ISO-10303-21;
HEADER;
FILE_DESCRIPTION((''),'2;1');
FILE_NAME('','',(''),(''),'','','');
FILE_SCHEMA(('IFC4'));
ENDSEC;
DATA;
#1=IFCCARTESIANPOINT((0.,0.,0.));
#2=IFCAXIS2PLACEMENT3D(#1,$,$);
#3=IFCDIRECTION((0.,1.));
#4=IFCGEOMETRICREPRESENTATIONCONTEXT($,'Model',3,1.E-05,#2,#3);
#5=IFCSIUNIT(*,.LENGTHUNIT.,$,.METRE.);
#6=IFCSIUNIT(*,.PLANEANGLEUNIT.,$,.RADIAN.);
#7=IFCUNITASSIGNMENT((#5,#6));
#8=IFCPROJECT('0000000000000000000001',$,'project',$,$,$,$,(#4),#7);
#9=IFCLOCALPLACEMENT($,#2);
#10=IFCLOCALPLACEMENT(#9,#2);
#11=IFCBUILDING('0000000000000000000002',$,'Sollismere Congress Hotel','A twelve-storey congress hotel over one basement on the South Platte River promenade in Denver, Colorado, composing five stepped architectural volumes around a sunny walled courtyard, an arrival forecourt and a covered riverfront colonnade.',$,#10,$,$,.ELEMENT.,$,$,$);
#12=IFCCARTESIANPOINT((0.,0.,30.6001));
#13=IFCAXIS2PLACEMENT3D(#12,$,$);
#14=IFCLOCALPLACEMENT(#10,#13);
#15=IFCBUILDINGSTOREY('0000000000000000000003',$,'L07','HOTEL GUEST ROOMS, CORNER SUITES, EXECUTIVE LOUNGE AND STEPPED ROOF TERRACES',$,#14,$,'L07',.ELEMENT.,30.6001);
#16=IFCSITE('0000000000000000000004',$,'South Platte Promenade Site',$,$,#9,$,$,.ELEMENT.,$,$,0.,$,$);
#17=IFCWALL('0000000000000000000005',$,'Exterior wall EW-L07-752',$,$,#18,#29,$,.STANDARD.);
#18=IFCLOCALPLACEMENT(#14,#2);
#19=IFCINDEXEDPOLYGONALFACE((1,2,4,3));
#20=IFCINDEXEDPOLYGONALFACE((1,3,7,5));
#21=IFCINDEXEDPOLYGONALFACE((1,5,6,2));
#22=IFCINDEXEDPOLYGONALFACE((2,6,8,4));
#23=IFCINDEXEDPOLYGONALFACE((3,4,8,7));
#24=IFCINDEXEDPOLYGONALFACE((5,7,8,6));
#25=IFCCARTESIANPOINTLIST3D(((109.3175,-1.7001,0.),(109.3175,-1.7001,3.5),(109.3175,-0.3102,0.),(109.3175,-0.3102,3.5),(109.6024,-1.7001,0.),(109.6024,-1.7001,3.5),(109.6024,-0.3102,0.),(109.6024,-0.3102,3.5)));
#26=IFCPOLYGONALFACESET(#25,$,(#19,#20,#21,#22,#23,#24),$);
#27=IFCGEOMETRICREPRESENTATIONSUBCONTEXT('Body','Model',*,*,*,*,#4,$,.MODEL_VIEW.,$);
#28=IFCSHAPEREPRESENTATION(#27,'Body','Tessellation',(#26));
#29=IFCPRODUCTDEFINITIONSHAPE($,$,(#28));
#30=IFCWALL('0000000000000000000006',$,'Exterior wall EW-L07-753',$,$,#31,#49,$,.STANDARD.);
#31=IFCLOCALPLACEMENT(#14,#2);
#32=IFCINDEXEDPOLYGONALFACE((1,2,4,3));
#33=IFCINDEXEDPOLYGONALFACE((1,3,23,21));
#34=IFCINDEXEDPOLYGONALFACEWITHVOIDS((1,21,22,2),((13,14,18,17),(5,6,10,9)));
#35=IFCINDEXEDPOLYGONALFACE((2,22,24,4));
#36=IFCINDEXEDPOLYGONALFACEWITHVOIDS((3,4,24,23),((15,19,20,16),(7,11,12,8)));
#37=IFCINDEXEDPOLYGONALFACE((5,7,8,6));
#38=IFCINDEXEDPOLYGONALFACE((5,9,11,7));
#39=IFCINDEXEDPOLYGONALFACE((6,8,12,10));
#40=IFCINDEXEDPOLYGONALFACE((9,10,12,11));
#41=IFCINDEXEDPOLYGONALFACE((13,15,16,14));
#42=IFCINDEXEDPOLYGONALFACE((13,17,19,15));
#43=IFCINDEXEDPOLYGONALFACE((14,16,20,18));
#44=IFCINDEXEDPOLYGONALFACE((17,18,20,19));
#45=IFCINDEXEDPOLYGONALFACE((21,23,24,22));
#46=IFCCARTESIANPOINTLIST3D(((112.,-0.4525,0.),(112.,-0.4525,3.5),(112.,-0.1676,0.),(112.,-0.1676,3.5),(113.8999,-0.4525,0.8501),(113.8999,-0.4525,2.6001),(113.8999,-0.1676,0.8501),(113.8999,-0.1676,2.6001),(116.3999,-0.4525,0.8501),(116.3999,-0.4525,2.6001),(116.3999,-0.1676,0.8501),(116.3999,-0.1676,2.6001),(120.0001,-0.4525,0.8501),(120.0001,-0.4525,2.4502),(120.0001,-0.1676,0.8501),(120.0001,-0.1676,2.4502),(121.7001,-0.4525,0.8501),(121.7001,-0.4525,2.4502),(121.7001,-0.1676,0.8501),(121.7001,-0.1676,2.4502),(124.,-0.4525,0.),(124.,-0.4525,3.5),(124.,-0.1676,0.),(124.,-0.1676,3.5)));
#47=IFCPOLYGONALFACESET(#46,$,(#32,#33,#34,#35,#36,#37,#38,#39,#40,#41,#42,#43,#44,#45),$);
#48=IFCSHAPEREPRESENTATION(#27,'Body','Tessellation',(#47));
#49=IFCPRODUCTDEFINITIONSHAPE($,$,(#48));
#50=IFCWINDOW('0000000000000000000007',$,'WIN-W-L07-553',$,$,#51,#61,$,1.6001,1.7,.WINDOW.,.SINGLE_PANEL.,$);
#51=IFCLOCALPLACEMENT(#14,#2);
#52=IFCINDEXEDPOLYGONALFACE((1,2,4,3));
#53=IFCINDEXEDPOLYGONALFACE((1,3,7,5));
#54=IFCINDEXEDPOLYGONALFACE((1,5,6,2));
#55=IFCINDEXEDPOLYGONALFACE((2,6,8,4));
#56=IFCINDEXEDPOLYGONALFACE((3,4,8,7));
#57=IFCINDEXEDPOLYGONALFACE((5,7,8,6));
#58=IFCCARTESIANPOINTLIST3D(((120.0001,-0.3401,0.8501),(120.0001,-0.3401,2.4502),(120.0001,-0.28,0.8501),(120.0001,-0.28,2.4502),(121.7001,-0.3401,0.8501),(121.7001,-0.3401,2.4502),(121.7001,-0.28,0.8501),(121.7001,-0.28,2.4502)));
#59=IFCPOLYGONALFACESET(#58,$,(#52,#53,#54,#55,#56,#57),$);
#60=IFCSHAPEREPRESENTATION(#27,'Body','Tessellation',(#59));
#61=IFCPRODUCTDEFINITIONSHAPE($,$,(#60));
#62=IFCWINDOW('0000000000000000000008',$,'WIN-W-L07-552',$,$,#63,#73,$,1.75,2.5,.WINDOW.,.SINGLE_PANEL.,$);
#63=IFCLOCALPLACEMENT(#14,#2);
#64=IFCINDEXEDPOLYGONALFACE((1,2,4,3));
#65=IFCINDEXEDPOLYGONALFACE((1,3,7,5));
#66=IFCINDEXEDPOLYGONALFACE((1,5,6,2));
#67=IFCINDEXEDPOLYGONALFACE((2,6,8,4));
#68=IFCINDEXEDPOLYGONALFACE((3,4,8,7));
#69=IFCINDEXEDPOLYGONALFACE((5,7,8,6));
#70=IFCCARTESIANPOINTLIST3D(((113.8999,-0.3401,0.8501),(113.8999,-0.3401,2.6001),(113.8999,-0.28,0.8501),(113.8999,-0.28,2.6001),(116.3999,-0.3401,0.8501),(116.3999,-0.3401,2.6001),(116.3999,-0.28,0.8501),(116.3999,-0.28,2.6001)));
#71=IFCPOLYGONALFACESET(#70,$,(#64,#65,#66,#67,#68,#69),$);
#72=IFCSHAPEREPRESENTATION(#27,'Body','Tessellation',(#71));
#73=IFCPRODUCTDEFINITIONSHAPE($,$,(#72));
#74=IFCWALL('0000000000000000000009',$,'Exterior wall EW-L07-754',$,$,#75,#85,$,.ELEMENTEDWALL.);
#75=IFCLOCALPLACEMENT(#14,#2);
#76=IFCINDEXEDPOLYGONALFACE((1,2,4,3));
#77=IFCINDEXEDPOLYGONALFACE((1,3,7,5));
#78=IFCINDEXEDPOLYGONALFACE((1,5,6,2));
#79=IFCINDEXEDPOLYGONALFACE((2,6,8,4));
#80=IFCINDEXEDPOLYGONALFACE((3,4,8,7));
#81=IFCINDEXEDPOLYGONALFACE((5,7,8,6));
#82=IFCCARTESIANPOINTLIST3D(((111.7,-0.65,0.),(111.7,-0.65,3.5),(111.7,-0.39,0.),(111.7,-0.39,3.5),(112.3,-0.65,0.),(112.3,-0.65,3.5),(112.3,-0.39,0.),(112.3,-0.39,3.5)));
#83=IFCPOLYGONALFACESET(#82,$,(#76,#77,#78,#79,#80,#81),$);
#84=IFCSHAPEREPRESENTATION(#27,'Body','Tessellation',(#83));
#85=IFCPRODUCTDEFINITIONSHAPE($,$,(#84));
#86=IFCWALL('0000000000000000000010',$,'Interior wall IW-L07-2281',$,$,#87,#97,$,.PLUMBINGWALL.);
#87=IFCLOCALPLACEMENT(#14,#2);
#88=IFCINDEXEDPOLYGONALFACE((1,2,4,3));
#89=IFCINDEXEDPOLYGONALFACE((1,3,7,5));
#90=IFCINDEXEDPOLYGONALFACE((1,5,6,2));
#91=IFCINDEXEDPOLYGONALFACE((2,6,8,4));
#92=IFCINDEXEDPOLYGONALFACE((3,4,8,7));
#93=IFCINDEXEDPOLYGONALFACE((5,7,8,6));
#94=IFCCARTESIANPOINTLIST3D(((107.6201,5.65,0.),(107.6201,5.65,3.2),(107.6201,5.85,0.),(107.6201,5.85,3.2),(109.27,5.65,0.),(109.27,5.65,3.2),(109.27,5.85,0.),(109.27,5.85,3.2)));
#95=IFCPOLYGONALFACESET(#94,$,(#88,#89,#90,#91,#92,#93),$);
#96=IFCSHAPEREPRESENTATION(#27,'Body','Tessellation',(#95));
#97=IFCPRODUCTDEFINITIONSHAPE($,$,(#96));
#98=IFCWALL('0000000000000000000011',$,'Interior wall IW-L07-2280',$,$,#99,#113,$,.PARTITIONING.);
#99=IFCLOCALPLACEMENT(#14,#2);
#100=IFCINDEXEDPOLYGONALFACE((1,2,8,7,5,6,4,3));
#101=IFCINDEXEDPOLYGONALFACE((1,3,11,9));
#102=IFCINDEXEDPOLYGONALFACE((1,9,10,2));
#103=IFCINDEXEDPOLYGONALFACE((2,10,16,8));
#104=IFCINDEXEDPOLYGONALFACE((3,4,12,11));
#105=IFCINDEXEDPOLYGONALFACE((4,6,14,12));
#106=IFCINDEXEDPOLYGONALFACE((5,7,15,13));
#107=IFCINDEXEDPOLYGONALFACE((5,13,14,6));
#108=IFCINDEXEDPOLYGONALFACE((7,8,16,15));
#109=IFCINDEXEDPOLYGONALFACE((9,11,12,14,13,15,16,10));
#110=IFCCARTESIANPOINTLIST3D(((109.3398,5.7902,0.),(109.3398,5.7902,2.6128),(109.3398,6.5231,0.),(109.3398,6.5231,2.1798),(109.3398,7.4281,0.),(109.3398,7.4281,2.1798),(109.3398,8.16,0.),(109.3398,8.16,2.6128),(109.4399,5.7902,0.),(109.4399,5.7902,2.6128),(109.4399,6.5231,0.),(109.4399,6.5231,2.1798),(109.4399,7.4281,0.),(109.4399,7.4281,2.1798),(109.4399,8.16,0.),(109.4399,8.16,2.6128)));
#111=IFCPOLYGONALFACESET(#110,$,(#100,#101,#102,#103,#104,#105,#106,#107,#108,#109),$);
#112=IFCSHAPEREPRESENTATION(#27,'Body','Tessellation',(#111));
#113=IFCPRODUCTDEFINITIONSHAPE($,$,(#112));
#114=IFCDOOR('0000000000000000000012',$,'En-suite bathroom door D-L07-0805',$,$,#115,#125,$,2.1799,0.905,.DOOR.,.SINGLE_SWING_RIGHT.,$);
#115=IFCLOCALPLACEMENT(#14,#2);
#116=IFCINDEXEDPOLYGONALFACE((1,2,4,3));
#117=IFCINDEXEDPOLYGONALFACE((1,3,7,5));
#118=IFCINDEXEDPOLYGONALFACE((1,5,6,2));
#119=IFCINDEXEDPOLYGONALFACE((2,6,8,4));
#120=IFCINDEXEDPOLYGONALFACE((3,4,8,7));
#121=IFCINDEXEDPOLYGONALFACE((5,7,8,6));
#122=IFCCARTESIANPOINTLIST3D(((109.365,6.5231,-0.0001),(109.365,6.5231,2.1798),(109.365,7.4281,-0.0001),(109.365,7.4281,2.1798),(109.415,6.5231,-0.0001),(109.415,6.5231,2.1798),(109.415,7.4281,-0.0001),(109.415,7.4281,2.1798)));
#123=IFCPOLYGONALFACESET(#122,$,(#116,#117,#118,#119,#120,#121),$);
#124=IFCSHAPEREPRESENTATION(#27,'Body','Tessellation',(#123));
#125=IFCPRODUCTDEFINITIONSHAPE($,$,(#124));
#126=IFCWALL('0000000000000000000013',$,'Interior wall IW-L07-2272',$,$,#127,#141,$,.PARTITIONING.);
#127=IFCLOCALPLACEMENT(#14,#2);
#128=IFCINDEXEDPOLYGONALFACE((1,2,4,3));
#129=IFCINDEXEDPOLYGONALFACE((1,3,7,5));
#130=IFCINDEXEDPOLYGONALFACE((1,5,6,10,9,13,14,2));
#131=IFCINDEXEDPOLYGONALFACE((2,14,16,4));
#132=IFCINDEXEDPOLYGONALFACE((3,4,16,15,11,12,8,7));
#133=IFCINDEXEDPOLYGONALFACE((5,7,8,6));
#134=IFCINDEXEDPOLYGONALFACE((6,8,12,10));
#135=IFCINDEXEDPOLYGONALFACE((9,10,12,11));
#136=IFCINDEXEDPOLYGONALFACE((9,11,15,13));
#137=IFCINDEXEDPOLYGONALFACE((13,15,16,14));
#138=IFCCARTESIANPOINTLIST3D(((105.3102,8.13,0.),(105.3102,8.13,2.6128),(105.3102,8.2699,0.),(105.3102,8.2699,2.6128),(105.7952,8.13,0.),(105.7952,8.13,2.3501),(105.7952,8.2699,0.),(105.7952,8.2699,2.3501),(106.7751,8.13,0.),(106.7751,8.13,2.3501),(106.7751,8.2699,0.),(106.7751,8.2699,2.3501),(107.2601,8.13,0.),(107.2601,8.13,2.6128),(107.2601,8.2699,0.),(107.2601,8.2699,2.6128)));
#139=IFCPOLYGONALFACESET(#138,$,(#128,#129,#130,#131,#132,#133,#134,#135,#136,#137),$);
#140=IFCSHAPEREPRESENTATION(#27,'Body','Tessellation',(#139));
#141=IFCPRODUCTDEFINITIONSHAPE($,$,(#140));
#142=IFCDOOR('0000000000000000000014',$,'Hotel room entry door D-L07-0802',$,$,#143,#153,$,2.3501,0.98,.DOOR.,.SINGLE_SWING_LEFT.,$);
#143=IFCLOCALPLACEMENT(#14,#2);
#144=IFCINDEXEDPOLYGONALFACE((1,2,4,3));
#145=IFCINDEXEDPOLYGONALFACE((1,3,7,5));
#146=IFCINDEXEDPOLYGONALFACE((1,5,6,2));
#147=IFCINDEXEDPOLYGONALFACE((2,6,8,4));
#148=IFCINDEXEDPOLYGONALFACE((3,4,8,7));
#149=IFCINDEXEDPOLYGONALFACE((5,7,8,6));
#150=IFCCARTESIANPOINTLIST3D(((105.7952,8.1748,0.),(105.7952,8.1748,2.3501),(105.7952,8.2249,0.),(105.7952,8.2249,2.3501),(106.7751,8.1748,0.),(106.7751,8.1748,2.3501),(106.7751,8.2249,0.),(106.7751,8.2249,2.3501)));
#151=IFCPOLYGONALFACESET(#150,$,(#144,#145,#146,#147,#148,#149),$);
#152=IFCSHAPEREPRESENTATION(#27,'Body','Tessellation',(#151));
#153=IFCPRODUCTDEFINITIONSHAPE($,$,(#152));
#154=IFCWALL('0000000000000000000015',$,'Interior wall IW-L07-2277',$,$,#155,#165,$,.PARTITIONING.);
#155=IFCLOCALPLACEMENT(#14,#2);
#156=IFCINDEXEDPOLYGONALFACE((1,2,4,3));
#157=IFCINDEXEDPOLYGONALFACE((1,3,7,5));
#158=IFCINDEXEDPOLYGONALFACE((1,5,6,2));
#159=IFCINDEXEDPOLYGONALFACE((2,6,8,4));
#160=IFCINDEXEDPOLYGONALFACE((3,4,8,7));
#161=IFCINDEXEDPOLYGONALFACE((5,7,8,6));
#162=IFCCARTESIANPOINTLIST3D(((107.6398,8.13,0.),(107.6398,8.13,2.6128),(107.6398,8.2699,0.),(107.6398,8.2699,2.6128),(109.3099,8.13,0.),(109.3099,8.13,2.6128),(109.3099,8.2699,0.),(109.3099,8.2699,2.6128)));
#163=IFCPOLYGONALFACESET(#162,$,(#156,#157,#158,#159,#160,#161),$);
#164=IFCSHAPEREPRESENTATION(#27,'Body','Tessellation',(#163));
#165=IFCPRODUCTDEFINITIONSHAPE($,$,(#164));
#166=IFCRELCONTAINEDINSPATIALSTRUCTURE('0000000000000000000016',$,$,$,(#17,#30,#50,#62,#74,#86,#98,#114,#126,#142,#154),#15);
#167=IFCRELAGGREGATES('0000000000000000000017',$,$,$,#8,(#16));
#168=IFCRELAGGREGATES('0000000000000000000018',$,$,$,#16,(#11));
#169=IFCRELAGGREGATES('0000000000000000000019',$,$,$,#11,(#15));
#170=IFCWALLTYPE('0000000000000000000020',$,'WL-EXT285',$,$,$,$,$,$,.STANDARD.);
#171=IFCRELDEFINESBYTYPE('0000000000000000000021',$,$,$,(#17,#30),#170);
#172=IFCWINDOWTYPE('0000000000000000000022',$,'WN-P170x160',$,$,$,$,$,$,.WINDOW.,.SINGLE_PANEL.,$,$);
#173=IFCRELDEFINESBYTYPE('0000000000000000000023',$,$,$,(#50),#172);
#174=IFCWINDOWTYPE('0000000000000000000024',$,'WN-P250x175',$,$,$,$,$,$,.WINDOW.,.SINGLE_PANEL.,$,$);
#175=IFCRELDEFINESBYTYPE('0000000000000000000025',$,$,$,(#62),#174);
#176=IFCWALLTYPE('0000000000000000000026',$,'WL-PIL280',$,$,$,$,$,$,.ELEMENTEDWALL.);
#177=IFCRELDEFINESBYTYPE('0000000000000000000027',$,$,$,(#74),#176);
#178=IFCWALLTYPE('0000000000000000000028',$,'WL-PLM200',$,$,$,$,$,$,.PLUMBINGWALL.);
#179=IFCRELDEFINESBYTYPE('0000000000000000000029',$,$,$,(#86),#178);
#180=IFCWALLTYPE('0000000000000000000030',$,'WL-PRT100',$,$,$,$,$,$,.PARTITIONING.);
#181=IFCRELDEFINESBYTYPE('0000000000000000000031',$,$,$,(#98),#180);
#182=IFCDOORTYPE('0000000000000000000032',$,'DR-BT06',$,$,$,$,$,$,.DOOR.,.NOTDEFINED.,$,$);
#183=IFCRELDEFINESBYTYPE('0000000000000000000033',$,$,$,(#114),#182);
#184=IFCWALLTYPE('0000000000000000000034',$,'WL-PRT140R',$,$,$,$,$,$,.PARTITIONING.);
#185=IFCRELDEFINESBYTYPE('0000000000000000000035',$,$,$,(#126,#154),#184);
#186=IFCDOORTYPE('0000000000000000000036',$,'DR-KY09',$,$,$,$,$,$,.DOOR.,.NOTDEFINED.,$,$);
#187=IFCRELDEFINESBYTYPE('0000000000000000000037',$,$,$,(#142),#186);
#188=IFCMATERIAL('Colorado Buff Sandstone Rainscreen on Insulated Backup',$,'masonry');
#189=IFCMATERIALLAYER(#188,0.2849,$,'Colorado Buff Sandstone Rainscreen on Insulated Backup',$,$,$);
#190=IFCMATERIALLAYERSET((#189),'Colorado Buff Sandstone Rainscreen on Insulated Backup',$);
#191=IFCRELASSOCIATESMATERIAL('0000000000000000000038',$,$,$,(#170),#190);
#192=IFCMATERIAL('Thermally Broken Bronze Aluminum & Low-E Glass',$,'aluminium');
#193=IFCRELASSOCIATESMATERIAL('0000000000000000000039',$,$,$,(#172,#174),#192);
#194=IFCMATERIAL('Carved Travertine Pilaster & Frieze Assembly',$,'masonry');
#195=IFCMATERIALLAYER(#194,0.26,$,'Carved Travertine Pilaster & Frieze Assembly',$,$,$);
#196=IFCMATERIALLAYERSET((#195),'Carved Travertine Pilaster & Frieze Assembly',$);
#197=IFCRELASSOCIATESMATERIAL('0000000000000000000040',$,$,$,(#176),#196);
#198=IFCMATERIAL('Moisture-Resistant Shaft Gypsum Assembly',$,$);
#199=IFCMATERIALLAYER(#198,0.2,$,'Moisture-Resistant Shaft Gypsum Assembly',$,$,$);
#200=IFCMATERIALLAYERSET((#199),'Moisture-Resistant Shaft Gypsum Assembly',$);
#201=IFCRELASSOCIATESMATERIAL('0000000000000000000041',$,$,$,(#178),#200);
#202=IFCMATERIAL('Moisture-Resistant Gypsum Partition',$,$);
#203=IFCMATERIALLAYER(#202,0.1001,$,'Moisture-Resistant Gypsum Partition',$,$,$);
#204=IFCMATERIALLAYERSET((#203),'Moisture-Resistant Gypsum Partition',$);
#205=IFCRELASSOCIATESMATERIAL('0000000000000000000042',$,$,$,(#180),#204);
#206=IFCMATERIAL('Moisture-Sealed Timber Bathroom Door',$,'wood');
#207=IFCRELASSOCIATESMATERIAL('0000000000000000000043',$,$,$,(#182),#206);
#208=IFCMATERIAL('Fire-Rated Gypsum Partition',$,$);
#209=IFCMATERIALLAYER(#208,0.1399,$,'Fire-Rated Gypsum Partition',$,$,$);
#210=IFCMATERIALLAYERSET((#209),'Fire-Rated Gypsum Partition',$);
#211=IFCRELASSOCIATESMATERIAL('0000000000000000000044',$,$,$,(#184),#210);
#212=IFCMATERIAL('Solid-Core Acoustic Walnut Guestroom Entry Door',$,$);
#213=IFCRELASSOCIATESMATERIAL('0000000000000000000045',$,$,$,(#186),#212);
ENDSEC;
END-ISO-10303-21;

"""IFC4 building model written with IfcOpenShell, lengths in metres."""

from ifc_helpers import new_model, si_unit, direction, frame, frame_2d, origin, place, context, subcontext, project, spatial, rectangle, extrude, material, layer, layer_set, type_object, element, fill, save


model = new_model("IFC4")

# Units and contexts
model_context = context("Model", 3, precision=1e-05, world=origin(), true_north=direction((0.0, 1.0)))
body_context = subcontext(model_context, "Body", "Model", "MODEL_VIEW")
ifc_project = project(units=[si_unit("LENGTHUNIT", "METRE"), si_unit("PLANEANGLEUNIT", "RADIAN")], contexts=[model_context])

# Site, building, storey
site_placement = place(None, origin())
site = spatial("IfcSite", under=ifc_project, at=site_placement, Name="South Platte Promenade Site", CompositionType="ELEMENT", RefElevation=0.0)
building_placement = place(site_placement, origin())
building = spatial("IfcBuilding", under=site, at=building_placement, Name="Sollismere Congress Hotel", Description="A twelve-storey congress hotel over one basement on the South Platte River promenade in Denver, Colorado, composing five stepped architectural volumes around a sunny walled courtyard, an arrival forecourt and a covered riverfront colonnade.", CompositionType="ELEMENT")
storey_placement = place(building_placement, frame((0.0, 0.0, 30.6001)))
storey = spatial("IfcBuildingStorey", under=building, at=storey_placement, Name="L07", Description="HOTEL GUEST ROOMS, CORNER SUITES, EXECUTIVE LOUNGE AND STEPPED ROOF TERRACES", LongName="L07", CompositionType="ELEMENT", Elevation=30.6001)

# Shared definitions
ifc_material_1 = material(Name="Colorado Buff Sandstone Rainscreen on Insulated Backup", Category="masonry")
ifc_layer_1 = layer(ifc_material_1, 0.2849, Name="Colorado Buff Sandstone Rainscreen on Insulated Backup")
ifc_layer_set_1 = layer_set([ifc_layer_1], Name="Colorado Buff Sandstone Rainscreen on Insulated Backup")
wall_type_1 = type_object("IfcWallType", Name="WL-EXT285", PredefinedType="STANDARD", material=ifc_layer_set_1)
ifc_material_2 = material(Name="Thermally Broken Bronze Aluminum & Low-E Glass", Category="aluminium")

# Wall
wall_1_placement = place(storey_placement, frame((109.46, -1.7, 0.0), z_axis=(0.0, 0.0, 1.0), x_axis=(0.0, 1.0, 0.0)))
element("IfcWall", 1, at=wall_1_placement, inside=storey, type_object=wall_type_1, Name="Exterior wall EW-L07-752", PredefinedType="STANDARD", context=body_context, shape_type="SweptSolid", body=[
    extrude(rectangle(XDim=1.3899, YDim=0.2849, at=frame_2d((0.6948, 0.0))), origin(), (0.0, 0.0, 1.0), 3.5),
])

# Wall, openings, windows
wall_2_placement = place(storey_placement, frame((112.0, -0.3101, 0.0), z_axis=(0.0, 0.0, 1.0), x_axis=(1.0, 0.0, 0.0)))
wall_2 = element("IfcWall", 2, at=wall_2_placement, inside=storey, type_object=wall_type_1, Name="Exterior wall EW-L07-753", PredefinedType="STANDARD", context=body_context, shape_type="SweptSolid", body=[
    extrude(rectangle(XDim=12.0, YDim=0.2849, at=frame_2d((6.0, 0.0))), origin(), (0.0, 0.0, 1.0), 3.5),
])
opening_1_placement = place(wall_2_placement, frame((1.8999, 0.0, 0.8501)))
opening_1 = element("IfcOpeningElement", 3, at=opening_1_placement, cuts=wall_2, PredefinedType="OPENING", context=body_context, shape_type="SweptSolid", body=[
    extrude(rectangle(XDim=2.5, YDim=1.75, at=frame_2d((1.25, 0.875))), frame((0.0, 0.1523, 0.0), z_axis=(0.0, -1.0, 0.0), x_axis=(1.0, 0.0, 0.0)), (0.0, 0.0, 1.0), 0.3049),
])
opening_2_placement = place(wall_2_placement, frame((8.0, 0.0, 0.8501)))
opening_2 = element("IfcOpeningElement", 4, at=opening_2_placement, cuts=wall_2, PredefinedType="OPENING", context=body_context, shape_type="SweptSolid", body=[
    extrude(rectangle(XDim=1.7, YDim=1.6001, at=frame_2d((0.8501, 0.8))), frame((0.0, 0.1523, 0.0), z_axis=(0.0, -1.0, 0.0), x_axis=(1.0, 0.0, 0.0)), (0.0, 0.0, 1.0), 0.3049),
])
window_type_1 = type_object("IfcWindowType", Name="WN-P170x160", PartitioningType="SINGLE_PANEL", PredefinedType="WINDOW", material=ifc_material_2)
window_1_placement = place(opening_2_placement, origin())
window_1 = element("IfcWindow", 5, at=window_1_placement, inside=storey, type_object=window_type_1, Name="WIN-W-L07-553", OverallHeight=1.6001, OverallWidth=1.7, PartitioningType="SINGLE_PANEL", PredefinedType="WINDOW", context=body_context, shape_type="SweptSolid", body=[
    extrude(rectangle(XDim=1.7, YDim=1.6001, at=frame_2d((0.8501, 0.8))), frame((0.0, 0.03, 0.0), z_axis=(0.0, -1.0, 0.0), x_axis=(1.0, 0.0, 0.0)), (0.0, 0.0, 1.0), 0.0601),
])
fill(opening_2, window_1)
window_type_2 = type_object("IfcWindowType", Name="WN-P250x175", PartitioningType="SINGLE_PANEL", PredefinedType="WINDOW", material=ifc_material_2)
window_2_placement = place(opening_1_placement, origin())
window_2 = element("IfcWindow", 6, at=window_2_placement, inside=storey, type_object=window_type_2, Name="WIN-W-L07-552", OverallHeight=1.75, OverallWidth=2.5, PartitioningType="SINGLE_PANEL", PredefinedType="WINDOW", context=body_context, shape_type="SweptSolid", body=[
    extrude(rectangle(XDim=2.5, YDim=1.75, at=frame_2d((1.25, 0.875))), frame((0.0, 0.03, 0.0), z_axis=(0.0, -1.0, 0.0), x_axis=(1.0, 0.0, 0.0)), (0.0, 0.0, 1.0), 0.0601),
])
fill(opening_1, window_2)

# Walls
ifc_material_3 = material(Name="Carved Travertine Pilaster & Frieze Assembly", Category="masonry")
ifc_layer_2 = layer(ifc_material_3, 0.26, Name="Carved Travertine Pilaster & Frieze Assembly")
ifc_layer_set_2 = layer_set([ifc_layer_2], Name="Carved Travertine Pilaster & Frieze Assembly")
wall_type_2 = type_object("IfcWallType", Name="WL-PIL280", PredefinedType="ELEMENTEDWALL", material=ifc_layer_set_2)
wall_3_placement = place(storey_placement, frame((111.7, -0.52, 0.0), z_axis=(0.0, 0.0, 1.0), x_axis=(1.0, 0.0, 0.0)))
element("IfcWall", 7, at=wall_3_placement, inside=storey, type_object=wall_type_2, Name="Exterior wall EW-L07-754", PredefinedType="ELEMENTEDWALL", context=body_context, shape_type="SweptSolid", body=[
    extrude(rectangle(XDim=0.6001, YDim=0.26, at=frame_2d((0.3, 0.0))), origin(), (0.0, 0.0, 1.0), 3.5),
])
ifc_material_4 = material(Name="Moisture-Resistant Shaft Gypsum Assembly")
ifc_layer_3 = layer(ifc_material_4, 0.2, Name="Moisture-Resistant Shaft Gypsum Assembly")
ifc_layer_set_3 = layer_set([ifc_layer_3], Name="Moisture-Resistant Shaft Gypsum Assembly")
wall_type_3 = type_object("IfcWallType", Name="WL-PLM200", PredefinedType="PLUMBINGWALL", material=ifc_layer_set_3)
wall_4_placement = place(storey_placement, frame((107.6201, 5.75, 0.0), z_axis=(0.0, 0.0, 1.0), x_axis=(1.0, 0.0, 0.0)))
element("IfcWall", 8, at=wall_4_placement, inside=storey, type_object=wall_type_3, Name="Interior wall IW-L07-2281", PredefinedType="PLUMBINGWALL", context=body_context, shape_type="SweptSolid", body=[
    extrude(rectangle(XDim=1.6499, YDim=0.2, at=frame_2d((0.825, 0.0))), origin(), (0.0, 0.0, 1.0), 3.2),
])

# Walls, openings, doors
ifc_material_5 = material(Name="Moisture-Resistant Gypsum Partition")
ifc_layer_4 = layer(ifc_material_5, 0.1001, Name="Moisture-Resistant Gypsum Partition")
ifc_layer_set_4 = layer_set([ifc_layer_4], Name="Moisture-Resistant Gypsum Partition")
wall_type_4 = type_object("IfcWallType", Name="WL-PRT100", PredefinedType="PARTITIONING", material=ifc_layer_set_4)
wall_5_placement = place(storey_placement, frame((109.3899, 5.79, 0.0), z_axis=(0.0, 0.0, 1.0), x_axis=(0.0, 1.0, 0.0)))
wall_5 = element("IfcWall", 9, at=wall_5_placement, inside=storey, type_object=wall_type_4, Name="Interior wall IW-L07-2280", PredefinedType="PARTITIONING", context=body_context, shape_type="SweptSolid", body=[
    extrude(rectangle(XDim=2.3699, YDim=0.1001, at=frame_2d((1.1851, 0.0))), origin(), (0.0, 0.0, 1.0), 2.6128),
])
opening_3_placement = place(wall_5_placement, frame((0.7329, 0.0, 0.0)))
opening_3 = element("IfcOpeningElement", 10, at=opening_3_placement, cuts=wall_5, PredefinedType="OPENING", context=body_context, shape_type="SweptSolid", body=[
    extrude(rectangle(XDim=0.905, YDim=2.1799, at=frame_2d((0.4526, 1.0898))), frame((0.0, 0.0601, 0.0), z_axis=(0.0, -1.0, 0.0), x_axis=(1.0, 0.0, 0.0)), (0.0, 0.0, 1.0), 0.1201),
])
ifc_material_6 = material(Name="Moisture-Sealed Timber Bathroom Door", Category="wood")
door_type_1 = type_object("IfcDoorType", Name="DR-BT06", OperationType="NOTDEFINED", PredefinedType="DOOR", material=ifc_material_6)
door_1_placement = place(opening_3_placement, origin())
door_1 = element("IfcDoor", 11, at=door_1_placement, inside=storey, type_object=door_type_1, Name="En-suite bathroom door D-L07-0805", OperationType="SINGLE_SWING_RIGHT", OverallHeight=2.1799, OverallWidth=0.905, PredefinedType="DOOR", context=body_context, shape_type="SweptSolid", body=[
    extrude(rectangle(XDim=0.905, YDim=2.1799, at=frame_2d((0.4526, 1.0898))), frame((0.0, 0.0249, 0.0), z_axis=(0.0, -1.0, 0.0), x_axis=(1.0, 0.0, 0.0)), (0.0, 0.0, 1.0), 0.05),
])
fill(opening_3, door_1)
ifc_material_7 = material(Name="Fire-Rated Gypsum Partition")
ifc_layer_5 = layer(ifc_material_7, 0.1399, Name="Fire-Rated Gypsum Partition")
ifc_layer_set_5 = layer_set([ifc_layer_5], Name="Fire-Rated Gypsum Partition")
wall_type_5 = type_object("IfcWallType", Name="WL-PRT140R", PredefinedType="PARTITIONING", material=ifc_layer_set_5)
wall_6_placement = place(storey_placement, frame((105.3101, 8.2, 0.0), z_axis=(0.0, 0.0, 1.0), x_axis=(1.0, 0.0, 0.0)))
wall_6 = element("IfcWall", 12, at=wall_6_placement, inside=storey, type_object=wall_type_5, Name="Interior wall IW-L07-2272", PredefinedType="PARTITIONING", context=body_context, shape_type="SweptSolid", body=[
    extrude(rectangle(XDim=1.95, YDim=0.1399, at=frame_2d((0.9751, 0.0))), origin(), (0.0, 0.0, 1.0), 2.6128),
])
opening_4_placement = place(wall_6_placement, frame((0.4851, 0.0, 0.0)))
opening_4 = element("IfcOpeningElement", 13, at=opening_4_placement, cuts=wall_6, PredefinedType="OPENING", context=body_context, shape_type="SweptSolid", body=[
    extrude(rectangle(XDim=0.98, YDim=2.3501, at=frame_2d((0.49, 1.175))), frame((0.0, 0.0798, 0.0), z_axis=(0.0, -1.0, 0.0), x_axis=(1.0, 0.0, 0.0)), (0.0, 0.0, 1.0), 0.1599),
])
ifc_material_8 = material(Name="Solid-Core Acoustic Walnut Guestroom Entry Door")
door_type_2 = type_object("IfcDoorType", Name="DR-KY09", OperationType="NOTDEFINED", PredefinedType="DOOR", material=ifc_material_8)
door_2_placement = place(opening_4_placement, origin())
door_2 = element("IfcDoor", 14, at=door_2_placement, inside=storey, type_object=door_type_2, Name="Hotel room entry door D-L07-0802", OperationType="SINGLE_SWING_LEFT", OverallHeight=2.3501, OverallWidth=0.98, PredefinedType="DOOR", context=body_context, shape_type="SweptSolid", body=[
    extrude(rectangle(XDim=0.98, YDim=2.3501, at=frame_2d((0.49, 1.175))), frame((0.0, 0.0249, 0.0), z_axis=(0.0, -1.0, 0.0), x_axis=(1.0, 0.0, 0.0)), (0.0, 0.0, 1.0), 0.05),
])
fill(opening_4, door_2)

# Wall
wall_7_placement = place(storey_placement, frame((107.6399, 8.2, 0.0), z_axis=(0.0, 0.0, 1.0), x_axis=(1.0, 0.0, 0.0)))
element("IfcWall", 15, at=wall_7_placement, inside=storey, type_object=wall_type_5, Name="Interior wall IW-L07-2277", PredefinedType="PARTITIONING", context=body_context, shape_type="SweptSolid", body=[
    extrude(rectangle(XDim=1.6702, YDim=0.1399, at=frame_2d((0.835, 0.0))), origin(), (0.0, 0.0, 1.0), 2.6128),
])

save(model, "model.ifc")
